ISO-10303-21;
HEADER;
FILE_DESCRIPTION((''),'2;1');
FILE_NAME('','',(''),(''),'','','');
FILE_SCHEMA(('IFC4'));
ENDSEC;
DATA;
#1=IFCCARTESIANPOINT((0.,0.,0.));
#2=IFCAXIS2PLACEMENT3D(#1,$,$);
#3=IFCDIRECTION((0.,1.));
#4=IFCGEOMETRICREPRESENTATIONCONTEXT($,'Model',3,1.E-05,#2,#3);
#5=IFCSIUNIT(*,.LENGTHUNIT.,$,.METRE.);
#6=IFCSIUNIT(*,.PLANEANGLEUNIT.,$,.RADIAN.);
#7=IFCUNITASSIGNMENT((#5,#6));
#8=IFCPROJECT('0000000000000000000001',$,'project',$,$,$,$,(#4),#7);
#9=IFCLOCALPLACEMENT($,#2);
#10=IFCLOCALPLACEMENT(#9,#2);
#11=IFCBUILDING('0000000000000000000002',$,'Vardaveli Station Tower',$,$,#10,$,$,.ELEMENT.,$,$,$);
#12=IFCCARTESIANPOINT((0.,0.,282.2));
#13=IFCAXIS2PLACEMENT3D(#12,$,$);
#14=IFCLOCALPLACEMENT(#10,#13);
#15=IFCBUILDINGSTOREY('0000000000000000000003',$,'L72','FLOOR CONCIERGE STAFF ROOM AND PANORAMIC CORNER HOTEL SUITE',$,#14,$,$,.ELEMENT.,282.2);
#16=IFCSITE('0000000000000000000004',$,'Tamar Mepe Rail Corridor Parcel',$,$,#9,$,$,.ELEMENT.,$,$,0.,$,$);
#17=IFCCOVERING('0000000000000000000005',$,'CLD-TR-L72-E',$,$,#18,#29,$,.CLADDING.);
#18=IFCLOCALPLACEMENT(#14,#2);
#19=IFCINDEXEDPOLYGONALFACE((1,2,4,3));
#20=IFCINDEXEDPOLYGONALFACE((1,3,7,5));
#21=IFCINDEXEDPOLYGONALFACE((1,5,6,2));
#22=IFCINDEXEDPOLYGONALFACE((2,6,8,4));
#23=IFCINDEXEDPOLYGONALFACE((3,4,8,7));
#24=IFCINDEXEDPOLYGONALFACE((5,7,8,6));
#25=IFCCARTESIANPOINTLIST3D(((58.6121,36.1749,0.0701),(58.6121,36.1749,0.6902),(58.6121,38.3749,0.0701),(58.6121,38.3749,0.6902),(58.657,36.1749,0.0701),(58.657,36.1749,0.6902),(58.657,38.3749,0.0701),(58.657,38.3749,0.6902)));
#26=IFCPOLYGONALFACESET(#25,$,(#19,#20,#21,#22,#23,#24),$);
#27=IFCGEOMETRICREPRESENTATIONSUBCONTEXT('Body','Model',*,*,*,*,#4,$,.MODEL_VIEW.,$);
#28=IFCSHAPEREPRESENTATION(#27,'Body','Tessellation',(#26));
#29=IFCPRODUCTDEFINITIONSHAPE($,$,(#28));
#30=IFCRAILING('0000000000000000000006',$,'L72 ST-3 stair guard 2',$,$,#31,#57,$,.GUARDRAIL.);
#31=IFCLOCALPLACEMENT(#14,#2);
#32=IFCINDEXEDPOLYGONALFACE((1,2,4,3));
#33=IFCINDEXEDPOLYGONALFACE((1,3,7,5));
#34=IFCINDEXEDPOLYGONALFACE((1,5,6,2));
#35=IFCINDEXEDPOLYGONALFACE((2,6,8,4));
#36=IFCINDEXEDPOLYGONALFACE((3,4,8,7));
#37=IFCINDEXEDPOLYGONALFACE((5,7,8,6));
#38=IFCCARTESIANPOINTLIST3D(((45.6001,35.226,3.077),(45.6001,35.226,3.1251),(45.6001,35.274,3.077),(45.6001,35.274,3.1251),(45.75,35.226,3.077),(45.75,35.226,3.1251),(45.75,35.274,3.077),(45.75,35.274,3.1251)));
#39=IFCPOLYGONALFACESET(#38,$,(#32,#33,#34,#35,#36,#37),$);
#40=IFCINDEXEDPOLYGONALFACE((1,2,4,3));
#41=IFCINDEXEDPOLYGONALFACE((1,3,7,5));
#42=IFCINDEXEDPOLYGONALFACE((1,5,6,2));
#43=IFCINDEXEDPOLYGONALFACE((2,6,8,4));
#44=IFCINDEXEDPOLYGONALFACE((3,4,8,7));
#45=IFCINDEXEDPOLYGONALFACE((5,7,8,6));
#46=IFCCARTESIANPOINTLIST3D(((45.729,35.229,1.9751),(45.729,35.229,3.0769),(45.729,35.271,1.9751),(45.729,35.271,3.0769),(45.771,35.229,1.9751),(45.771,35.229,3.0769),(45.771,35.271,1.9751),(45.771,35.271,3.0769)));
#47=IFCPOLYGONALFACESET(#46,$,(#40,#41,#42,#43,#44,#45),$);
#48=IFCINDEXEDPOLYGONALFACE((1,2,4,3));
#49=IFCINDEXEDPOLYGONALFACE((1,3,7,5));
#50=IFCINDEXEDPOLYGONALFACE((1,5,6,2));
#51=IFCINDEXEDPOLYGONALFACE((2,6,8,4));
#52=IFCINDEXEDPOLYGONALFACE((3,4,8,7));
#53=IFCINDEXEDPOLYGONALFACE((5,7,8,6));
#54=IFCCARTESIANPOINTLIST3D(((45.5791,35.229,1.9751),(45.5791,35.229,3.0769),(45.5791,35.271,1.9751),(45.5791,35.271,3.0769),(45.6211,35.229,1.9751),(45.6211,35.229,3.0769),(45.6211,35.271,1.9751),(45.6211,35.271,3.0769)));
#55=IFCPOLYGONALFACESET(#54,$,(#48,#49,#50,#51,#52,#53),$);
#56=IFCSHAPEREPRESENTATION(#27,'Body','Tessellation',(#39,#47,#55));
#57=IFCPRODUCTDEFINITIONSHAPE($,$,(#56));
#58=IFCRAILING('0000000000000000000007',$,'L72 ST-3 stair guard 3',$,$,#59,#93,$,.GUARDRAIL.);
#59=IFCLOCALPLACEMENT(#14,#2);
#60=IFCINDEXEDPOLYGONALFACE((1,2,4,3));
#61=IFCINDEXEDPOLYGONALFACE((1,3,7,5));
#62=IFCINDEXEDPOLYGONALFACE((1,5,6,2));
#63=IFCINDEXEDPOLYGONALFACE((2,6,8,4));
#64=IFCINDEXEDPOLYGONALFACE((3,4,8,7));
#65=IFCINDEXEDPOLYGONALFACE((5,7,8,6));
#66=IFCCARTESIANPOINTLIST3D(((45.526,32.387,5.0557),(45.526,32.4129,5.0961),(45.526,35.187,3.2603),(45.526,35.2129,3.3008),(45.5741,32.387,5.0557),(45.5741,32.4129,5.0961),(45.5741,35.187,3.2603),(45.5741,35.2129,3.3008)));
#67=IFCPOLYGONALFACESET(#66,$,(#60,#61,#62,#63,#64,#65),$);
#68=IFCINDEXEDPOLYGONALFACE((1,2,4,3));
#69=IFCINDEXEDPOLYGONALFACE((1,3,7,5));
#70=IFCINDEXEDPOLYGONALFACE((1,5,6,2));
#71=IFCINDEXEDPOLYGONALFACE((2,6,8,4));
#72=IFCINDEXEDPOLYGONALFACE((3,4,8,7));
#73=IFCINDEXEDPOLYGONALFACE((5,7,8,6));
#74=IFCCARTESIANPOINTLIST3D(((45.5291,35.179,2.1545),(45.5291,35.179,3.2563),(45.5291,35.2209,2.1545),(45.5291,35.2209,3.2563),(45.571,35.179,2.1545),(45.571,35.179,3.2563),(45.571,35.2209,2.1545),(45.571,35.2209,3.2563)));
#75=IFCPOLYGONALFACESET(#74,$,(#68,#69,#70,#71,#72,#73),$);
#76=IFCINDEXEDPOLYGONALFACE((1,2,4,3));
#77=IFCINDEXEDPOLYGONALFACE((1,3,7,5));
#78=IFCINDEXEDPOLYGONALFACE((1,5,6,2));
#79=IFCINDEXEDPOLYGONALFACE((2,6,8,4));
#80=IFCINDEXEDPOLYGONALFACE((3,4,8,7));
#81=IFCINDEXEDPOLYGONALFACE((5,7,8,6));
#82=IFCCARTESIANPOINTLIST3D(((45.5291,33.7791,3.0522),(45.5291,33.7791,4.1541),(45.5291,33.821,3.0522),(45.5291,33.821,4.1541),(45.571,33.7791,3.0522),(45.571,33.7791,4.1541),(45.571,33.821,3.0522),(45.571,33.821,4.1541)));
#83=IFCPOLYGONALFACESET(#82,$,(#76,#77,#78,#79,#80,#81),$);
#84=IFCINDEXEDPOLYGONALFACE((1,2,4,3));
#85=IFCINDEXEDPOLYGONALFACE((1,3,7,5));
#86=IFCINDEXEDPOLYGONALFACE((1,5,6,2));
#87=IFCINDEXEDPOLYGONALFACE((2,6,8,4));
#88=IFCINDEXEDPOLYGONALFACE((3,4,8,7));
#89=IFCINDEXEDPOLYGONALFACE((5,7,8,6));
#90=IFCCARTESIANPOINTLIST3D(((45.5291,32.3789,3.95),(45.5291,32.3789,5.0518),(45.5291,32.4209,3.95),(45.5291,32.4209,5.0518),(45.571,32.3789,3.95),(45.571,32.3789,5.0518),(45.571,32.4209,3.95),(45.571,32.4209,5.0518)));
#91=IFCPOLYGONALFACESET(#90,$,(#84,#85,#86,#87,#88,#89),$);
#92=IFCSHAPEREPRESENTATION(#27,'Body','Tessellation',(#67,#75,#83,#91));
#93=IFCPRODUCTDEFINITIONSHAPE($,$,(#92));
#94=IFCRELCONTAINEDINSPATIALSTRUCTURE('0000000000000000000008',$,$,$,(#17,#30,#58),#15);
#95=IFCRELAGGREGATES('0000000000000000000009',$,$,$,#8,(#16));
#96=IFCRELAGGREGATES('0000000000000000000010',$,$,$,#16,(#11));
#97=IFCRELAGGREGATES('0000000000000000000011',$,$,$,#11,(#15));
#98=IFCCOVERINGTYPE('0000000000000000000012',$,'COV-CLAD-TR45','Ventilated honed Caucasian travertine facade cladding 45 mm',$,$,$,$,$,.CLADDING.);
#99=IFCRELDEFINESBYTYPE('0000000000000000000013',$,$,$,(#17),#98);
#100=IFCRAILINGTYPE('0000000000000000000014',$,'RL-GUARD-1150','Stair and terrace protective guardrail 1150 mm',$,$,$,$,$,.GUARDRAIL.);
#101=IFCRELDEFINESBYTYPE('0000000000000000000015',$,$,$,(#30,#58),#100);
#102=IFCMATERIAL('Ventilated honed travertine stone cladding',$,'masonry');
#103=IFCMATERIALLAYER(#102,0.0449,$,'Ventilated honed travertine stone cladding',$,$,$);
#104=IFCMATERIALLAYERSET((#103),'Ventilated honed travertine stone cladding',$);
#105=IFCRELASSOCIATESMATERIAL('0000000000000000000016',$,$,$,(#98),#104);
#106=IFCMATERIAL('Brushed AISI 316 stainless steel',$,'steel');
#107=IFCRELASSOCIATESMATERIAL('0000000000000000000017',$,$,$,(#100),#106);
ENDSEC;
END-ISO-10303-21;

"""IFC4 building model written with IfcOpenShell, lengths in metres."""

from ifc_helpers import new_model, si_unit, direction, frame, origin, origin_2d, place, context, subcontext, project, spatial, rectangle, extrude, source, transform, mapped, material, layer, layer_set, type_object, element, save


model = new_model("IFC4")

# Units and contexts
model_context = context("Model", 3, precision=1e-05, world=origin(), true_north=direction((0.0, 1.0)))
body_context = subcontext(model_context, "Body", "Model", "MODEL_VIEW")
ifc_project = project(units=[si_unit("LENGTHUNIT", "METRE"), si_unit("PLANEANGLEUNIT", "RADIAN")], contexts=[model_context])

# Site, building, storey
site_placement = place(None, origin())
site = spatial("IfcSite", under=ifc_project, at=site_placement, Name="Tamar Mepe Rail Corridor Parcel", CompositionType="ELEMENT", RefElevation=0.0)
building_placement = place(site_placement, origin())
building = spatial("IfcBuilding", under=site, at=building_placement, Name="Vardaveli Station Tower", CompositionType="ELEMENT")
storey_placement = place(building_placement, frame((0.0, 0.0, 282.2)))
storey = spatial("IfcBuildingStorey", under=building, at=storey_placement, Name="L72", Description="FLOOR CONCIERGE STAFF ROOM AND PANORAMIC CORNER HOTEL SUITE", CompositionType="ELEMENT", Elevation=282.2)

# Covering
ifc_material_1 = material(Name="Ventilated honed travertine stone cladding", Category="masonry")
ifc_layer_1 = layer(ifc_material_1, 0.0449, Name="Ventilated honed travertine stone cladding")
ifc_layer_set_1 = layer_set([ifc_layer_1], Name="Ventilated honed travertine stone cladding")
covering_type = type_object("IfcCoveringType", Name="COV-CLAD-TR45", Description="Ventilated honed Caucasian travertine facade cladding 45 mm", PredefinedType="CLADDING", material=ifc_layer_set_1)
shared_shape_1 = source(origin(), body_context, "Body", "SweptSolid", [
    extrude(rectangle(XDim=2.2, YDim=0.0449, at=origin_2d()), origin(), (0.0, 0.0, 1.0), 0.6201),
])
covering_placement = place(storey_placement, frame((58.6345, 37.2749, 0.0701), z_axis=(0.0, 0.0, 1.0), x_axis=(0.0, 1.0, 0.0)))
element("IfcCovering", 1, at=covering_placement, inside=storey, type_object=covering_type, Name="CLD-TR-L72-E", PredefinedType="CLADDING", context=body_context, shape_type="MappedRepresentation", body=[
    mapped(shared_shape_1, transform((0.0, 0.0, 0.0), scale=1.0)),
])

# Railings
ifc_material_2 = material(Name="Brushed AISI 316 stainless steel", Category="steel")
railing_type = type_object("IfcRailingType", Name="RL-GUARD-1150", Description="Stair and terrace protective guardrail 1150 mm", PredefinedType="GUARDRAIL", material=ifc_material_2)
shared_shape_2 = source(origin(), body_context, "Body", "SweptSolid", [
    extrude(rectangle(XDim=0.0481, YDim=0.0481, at=origin_2d()), frame((0.0, 0.0, 1.126), z_axis=(-1.0, 0.0, 0.0), x_axis=(0.0, -1.0, 0.0)), (0.0, 0.0, 1.0), 0.1499),
    extrude(rectangle(XDim=0.042, YDim=0.042, at=origin_2d()), origin(), (0.0, 0.0, 1.0), 1.1018),
    extrude(rectangle(XDim=0.042, YDim=0.042, at=origin_2d()), frame((-0.1499, 0.0, 0.0)), (0.0, 0.0, 1.0), 1.1018),
])
railing_1_placement = place(storey_placement, frame((45.75, 35.25, 1.9751)))
element("IfcRailing", 2, at=railing_1_placement, inside=storey, type_object=railing_type, Name="L72 ST-3 stair guard 2", PredefinedType="GUARDRAIL", context=body_context, shape_type="MappedRepresentation", body=[
    mapped(shared_shape_2, transform((0.0, 0.0, 0.0), scale=1.0)),
])
shared_shape_3 = source(origin(), body_context, "Body", "SweptSolid", [
    extrude(rectangle(XDim=0.0481, YDim=0.0481, at=origin_2d()), frame((0.0, 0.0, 1.126), z_axis=(0.0, -0.84181, 0.539774), x_axis=(1.0, 0.0, 0.0)), (0.0, 0.0, 1.0), 3.3262),
    extrude(rectangle(XDim=0.042, YDim=0.042, at=origin_2d()), origin(), (0.0, 0.0, 1.0), 1.1018),
    extrude(rectangle(XDim=0.042, YDim=0.042, at=origin_2d()), frame((0.0, -1.3999, 0.8977)), (0.0, 0.0, 1.0), 1.1018),
    extrude(rectangle(XDim=0.042, YDim=0.042, at=origin_2d()), frame((0.0, -2.8, 1.7954)), (0.0, 0.0, 1.0), 1.1018),
])
railing_2_placement = place(storey_placement, frame((45.55, 35.2, 2.1545)))
element("IfcRailing", 3, at=railing_2_placement, inside=storey, type_object=railing_type, Name="L72 ST-3 stair guard 3", PredefinedType="GUARDRAIL", context=body_context, shape_type="MappedRepresentation", body=[
    mapped(shared_shape_3, transform((0.0, 0.0, 0.0), scale=1.0)),
])

save(model, "model.ifc")
